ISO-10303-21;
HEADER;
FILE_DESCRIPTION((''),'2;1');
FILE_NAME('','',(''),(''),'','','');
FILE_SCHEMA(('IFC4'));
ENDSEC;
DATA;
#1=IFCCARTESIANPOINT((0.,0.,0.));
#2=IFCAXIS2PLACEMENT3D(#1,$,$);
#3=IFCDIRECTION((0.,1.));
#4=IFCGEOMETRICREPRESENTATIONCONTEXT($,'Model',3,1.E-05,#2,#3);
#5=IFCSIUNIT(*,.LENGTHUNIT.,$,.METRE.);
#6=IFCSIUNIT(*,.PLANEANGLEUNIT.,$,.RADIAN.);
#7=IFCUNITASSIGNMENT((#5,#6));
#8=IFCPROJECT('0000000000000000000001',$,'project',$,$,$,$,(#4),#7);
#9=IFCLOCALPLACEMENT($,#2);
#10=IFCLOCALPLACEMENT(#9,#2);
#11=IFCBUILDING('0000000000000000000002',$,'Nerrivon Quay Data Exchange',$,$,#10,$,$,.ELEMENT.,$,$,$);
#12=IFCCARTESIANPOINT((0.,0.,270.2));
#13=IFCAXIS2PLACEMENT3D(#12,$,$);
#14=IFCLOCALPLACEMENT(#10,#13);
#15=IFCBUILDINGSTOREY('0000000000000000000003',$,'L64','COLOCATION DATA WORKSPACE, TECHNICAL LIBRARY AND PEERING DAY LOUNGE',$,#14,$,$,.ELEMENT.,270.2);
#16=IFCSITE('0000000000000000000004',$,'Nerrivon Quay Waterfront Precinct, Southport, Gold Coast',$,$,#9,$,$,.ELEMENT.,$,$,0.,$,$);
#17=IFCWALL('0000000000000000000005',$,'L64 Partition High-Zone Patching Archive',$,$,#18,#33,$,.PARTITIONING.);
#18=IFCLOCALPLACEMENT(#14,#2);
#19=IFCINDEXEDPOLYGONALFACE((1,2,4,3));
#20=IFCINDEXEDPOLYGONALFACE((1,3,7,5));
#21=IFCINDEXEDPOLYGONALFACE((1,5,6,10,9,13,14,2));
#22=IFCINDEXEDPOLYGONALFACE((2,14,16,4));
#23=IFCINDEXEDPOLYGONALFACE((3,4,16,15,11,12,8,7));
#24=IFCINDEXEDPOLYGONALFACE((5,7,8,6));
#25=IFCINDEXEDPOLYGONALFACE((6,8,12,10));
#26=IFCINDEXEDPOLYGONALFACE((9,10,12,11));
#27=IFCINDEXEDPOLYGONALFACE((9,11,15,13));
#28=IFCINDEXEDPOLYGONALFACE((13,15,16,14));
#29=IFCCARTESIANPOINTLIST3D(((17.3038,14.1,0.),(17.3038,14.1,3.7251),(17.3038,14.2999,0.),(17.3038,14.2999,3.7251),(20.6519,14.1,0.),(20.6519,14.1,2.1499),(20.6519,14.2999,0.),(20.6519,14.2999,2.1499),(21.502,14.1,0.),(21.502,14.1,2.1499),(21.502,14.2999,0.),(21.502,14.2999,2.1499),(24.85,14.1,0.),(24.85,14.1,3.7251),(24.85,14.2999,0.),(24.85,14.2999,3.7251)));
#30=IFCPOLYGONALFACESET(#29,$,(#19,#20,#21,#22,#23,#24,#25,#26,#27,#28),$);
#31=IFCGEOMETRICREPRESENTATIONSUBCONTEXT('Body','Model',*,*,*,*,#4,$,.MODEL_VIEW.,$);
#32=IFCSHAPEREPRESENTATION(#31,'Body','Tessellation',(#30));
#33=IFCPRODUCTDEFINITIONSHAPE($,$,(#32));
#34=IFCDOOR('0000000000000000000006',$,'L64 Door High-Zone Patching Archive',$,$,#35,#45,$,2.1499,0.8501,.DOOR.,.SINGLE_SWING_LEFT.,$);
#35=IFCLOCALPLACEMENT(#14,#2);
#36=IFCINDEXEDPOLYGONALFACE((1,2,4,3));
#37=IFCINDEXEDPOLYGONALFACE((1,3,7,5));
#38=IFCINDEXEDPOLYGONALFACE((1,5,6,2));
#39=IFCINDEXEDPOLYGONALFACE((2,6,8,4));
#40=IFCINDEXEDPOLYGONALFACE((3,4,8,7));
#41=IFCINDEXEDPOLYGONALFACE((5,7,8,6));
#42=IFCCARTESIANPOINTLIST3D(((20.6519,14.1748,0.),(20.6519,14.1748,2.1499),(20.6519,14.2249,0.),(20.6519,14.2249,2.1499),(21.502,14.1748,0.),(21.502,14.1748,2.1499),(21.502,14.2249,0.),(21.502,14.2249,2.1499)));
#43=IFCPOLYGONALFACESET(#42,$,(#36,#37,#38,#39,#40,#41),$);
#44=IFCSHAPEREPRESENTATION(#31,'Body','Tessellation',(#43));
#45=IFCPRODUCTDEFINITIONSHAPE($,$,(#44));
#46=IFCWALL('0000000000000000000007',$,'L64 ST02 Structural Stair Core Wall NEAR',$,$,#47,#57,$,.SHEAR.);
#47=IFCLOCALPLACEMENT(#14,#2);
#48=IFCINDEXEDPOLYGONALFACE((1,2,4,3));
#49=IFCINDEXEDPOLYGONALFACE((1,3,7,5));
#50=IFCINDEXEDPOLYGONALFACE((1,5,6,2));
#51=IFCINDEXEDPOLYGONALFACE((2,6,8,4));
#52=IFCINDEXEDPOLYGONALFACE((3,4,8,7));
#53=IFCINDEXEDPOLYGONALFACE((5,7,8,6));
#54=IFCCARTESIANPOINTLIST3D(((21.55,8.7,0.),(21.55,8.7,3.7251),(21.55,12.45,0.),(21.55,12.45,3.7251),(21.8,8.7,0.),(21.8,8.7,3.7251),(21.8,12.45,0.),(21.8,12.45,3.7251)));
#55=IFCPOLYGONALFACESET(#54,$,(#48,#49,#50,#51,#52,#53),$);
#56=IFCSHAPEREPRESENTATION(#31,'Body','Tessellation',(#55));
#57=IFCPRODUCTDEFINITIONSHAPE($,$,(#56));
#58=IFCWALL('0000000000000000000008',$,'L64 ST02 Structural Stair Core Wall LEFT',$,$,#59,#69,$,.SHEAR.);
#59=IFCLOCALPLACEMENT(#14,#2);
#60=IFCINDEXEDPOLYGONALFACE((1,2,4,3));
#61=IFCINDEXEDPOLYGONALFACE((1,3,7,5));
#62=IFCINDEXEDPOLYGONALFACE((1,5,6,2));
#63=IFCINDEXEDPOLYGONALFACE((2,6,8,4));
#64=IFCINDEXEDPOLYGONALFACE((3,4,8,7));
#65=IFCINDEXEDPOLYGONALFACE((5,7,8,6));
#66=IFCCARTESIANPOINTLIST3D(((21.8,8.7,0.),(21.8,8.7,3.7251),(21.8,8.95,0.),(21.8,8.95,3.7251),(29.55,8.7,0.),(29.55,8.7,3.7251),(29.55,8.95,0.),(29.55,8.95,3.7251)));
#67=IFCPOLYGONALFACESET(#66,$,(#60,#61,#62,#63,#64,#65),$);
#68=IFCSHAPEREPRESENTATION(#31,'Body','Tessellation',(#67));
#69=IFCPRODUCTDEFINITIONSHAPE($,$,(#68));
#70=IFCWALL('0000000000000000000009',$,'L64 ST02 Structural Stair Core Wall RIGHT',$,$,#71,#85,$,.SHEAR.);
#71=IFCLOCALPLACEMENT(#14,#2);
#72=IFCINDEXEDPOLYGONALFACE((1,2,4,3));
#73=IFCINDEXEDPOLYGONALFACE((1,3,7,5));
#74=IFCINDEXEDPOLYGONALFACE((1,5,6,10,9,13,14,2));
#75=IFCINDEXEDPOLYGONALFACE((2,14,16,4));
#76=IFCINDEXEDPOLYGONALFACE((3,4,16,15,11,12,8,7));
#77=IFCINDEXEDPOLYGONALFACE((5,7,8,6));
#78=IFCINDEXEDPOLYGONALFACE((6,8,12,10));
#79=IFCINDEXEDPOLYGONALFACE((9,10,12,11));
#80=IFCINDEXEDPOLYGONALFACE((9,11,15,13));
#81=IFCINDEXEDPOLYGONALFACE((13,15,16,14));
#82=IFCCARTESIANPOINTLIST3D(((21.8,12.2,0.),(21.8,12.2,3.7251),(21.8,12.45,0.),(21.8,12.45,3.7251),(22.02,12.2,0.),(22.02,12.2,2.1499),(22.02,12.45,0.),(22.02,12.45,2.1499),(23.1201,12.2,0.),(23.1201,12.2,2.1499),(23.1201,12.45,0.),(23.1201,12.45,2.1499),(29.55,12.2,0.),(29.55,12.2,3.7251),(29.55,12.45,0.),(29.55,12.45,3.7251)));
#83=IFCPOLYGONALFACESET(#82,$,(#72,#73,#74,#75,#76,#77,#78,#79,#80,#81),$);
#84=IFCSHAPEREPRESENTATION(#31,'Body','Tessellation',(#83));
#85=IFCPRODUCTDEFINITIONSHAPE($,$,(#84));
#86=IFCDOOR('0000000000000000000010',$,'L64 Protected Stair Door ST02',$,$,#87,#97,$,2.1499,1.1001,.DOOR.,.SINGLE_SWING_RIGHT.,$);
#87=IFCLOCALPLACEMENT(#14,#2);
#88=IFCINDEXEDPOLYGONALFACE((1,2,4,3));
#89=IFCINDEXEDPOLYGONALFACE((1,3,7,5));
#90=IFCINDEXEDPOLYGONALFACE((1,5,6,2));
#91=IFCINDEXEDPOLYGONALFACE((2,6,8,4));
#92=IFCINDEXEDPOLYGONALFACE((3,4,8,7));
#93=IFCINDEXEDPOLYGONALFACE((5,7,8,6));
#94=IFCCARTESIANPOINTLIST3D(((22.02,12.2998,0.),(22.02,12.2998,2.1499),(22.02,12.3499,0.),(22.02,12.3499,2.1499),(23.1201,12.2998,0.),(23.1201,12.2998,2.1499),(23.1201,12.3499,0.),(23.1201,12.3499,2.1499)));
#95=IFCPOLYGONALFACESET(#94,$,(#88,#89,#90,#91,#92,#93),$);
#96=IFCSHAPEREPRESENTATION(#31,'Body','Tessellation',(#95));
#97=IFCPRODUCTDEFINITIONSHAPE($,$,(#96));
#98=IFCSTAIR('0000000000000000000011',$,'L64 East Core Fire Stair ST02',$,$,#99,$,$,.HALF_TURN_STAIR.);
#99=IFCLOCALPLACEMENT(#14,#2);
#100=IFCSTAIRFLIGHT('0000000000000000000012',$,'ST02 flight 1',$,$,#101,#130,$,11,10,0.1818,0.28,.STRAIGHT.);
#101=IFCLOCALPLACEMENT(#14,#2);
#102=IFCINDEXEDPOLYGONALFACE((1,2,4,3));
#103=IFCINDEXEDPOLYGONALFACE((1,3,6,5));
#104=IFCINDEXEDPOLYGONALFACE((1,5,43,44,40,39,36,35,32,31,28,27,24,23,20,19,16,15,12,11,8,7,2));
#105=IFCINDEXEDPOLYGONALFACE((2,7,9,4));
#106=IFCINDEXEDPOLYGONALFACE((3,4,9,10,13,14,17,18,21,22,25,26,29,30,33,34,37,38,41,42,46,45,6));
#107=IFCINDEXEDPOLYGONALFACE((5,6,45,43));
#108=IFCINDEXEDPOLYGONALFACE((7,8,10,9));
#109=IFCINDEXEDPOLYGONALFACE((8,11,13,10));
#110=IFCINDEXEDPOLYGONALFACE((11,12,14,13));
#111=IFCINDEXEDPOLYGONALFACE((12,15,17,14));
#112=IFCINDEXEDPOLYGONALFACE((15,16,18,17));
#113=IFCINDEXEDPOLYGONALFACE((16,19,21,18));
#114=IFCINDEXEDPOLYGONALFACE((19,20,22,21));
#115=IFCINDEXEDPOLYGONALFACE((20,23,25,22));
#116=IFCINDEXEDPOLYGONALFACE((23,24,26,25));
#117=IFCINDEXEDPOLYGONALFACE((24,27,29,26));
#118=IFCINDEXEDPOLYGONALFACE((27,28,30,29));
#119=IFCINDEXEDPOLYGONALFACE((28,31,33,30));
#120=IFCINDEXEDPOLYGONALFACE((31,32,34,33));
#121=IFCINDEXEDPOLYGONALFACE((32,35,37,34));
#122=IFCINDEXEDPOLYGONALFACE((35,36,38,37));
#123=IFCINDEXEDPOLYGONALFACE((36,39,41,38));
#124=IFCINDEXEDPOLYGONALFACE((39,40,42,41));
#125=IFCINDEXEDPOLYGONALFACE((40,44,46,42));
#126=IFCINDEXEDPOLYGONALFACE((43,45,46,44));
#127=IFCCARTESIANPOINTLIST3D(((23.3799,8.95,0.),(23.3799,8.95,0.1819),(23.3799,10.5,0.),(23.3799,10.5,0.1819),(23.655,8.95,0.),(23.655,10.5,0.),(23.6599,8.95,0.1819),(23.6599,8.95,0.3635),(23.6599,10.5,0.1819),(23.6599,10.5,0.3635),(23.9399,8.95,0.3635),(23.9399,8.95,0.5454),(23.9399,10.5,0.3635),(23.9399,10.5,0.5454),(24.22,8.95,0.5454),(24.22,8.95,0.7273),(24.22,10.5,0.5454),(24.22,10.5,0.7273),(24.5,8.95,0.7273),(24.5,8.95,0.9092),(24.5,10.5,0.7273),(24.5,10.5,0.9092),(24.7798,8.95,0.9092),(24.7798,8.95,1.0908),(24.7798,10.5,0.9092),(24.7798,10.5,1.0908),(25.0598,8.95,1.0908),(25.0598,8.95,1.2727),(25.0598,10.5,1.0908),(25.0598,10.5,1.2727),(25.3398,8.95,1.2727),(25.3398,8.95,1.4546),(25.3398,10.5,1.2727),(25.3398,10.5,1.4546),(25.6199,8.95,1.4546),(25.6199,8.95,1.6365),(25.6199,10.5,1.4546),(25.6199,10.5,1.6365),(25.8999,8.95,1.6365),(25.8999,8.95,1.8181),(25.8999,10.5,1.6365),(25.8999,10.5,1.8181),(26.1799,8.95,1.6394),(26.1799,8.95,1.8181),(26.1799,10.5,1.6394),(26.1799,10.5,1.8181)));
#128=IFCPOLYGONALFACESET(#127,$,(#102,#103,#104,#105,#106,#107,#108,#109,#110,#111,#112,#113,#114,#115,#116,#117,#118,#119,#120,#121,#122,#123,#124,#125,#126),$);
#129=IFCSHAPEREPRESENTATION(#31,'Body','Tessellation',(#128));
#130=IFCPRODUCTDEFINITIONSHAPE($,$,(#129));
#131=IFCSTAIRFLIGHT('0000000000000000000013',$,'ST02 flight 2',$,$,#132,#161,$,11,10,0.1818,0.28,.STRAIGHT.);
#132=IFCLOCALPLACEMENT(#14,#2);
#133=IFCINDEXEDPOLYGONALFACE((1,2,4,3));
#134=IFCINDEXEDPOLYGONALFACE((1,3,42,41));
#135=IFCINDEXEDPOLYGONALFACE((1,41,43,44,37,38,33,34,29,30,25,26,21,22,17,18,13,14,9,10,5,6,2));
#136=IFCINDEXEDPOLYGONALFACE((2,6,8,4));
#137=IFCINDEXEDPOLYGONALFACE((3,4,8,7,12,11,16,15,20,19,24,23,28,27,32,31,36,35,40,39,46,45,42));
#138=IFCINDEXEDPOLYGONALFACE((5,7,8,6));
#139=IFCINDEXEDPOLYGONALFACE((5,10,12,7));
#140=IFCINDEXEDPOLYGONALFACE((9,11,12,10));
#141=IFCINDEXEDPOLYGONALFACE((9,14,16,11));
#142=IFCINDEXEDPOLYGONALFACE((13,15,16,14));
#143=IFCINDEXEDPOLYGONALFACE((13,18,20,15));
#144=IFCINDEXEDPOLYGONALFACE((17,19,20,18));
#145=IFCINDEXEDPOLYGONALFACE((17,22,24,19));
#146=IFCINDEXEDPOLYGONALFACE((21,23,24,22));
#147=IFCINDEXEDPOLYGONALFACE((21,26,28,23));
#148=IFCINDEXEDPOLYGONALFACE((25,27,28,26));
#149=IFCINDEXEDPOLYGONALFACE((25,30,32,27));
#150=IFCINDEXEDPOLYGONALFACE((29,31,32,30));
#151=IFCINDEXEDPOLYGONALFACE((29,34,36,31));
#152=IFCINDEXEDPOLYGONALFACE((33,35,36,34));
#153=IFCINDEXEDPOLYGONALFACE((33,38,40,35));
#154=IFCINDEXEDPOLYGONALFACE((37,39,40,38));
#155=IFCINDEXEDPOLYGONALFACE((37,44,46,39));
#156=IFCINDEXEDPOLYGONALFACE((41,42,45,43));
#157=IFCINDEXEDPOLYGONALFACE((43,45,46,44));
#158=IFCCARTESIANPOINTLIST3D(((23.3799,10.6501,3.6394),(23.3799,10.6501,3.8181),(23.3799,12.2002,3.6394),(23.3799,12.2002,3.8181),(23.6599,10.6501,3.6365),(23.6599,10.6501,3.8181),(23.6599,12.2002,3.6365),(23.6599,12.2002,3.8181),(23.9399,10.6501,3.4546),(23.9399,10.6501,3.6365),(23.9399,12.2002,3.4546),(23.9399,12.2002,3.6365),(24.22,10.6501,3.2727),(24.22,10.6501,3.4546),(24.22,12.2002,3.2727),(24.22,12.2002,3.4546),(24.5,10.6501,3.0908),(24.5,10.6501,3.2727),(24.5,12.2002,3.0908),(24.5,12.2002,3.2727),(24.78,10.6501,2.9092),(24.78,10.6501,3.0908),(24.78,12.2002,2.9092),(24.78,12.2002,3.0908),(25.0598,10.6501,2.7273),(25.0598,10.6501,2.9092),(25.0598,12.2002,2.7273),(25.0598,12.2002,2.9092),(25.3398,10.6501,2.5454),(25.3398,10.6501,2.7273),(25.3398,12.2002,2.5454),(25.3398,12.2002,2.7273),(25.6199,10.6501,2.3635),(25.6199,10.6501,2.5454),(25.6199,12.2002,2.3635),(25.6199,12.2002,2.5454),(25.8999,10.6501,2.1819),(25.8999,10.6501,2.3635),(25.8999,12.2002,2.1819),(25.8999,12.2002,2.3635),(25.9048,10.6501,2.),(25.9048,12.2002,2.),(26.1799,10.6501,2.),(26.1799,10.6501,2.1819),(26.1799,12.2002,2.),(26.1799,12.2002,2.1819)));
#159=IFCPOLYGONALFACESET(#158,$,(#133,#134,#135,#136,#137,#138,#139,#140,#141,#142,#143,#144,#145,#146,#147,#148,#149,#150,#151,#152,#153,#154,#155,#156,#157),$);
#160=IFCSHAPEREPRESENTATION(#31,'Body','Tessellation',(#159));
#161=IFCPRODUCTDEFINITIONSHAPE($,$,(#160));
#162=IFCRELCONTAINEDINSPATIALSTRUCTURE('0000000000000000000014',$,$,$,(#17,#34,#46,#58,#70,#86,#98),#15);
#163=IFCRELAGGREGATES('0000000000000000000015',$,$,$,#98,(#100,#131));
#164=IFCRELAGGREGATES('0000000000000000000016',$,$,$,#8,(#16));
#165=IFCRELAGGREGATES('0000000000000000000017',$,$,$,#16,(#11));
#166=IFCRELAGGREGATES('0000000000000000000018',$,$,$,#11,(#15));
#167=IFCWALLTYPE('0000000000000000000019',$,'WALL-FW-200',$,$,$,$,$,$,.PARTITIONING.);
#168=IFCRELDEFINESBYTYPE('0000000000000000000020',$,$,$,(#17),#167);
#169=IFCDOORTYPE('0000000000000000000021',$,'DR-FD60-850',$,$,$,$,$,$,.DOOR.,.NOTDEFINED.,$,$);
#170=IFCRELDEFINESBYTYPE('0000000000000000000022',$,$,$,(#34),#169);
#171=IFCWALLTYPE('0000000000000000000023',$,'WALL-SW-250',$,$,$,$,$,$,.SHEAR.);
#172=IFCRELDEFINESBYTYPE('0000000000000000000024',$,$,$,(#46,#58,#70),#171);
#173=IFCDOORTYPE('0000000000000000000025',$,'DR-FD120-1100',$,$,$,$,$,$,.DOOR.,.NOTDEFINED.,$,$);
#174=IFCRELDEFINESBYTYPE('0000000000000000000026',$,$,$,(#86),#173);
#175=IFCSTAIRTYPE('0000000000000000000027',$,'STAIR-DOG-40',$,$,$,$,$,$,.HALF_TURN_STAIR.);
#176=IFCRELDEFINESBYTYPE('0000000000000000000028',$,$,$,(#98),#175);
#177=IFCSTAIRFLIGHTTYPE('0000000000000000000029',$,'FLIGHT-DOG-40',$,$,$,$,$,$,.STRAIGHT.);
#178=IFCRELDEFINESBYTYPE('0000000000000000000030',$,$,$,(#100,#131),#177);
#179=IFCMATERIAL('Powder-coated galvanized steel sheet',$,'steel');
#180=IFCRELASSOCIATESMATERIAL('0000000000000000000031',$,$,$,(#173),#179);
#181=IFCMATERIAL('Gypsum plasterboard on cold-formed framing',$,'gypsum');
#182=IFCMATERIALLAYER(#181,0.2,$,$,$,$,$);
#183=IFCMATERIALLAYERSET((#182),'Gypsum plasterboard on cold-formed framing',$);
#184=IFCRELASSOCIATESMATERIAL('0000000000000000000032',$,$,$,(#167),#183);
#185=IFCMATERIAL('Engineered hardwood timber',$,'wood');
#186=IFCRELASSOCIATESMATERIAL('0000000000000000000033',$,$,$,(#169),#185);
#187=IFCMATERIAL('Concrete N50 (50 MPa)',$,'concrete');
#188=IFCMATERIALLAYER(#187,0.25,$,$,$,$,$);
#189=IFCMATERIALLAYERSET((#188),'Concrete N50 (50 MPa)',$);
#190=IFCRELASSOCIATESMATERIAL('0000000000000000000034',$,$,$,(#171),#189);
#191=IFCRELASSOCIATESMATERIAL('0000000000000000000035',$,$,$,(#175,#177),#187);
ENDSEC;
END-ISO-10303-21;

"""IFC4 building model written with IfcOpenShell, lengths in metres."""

from ifc_helpers import new_model, si_unit, direction, frame, frame_2d, origin, place, context, subcontext, project, spatial, polyline, rectangle, outline, extrude, material, layer, layer_set, type_object, element, fill, aggregate, save


model = new_model("IFC4")

# Units and contexts
model_context = context("Model", 3, precision=1e-05, world=origin(), true_north=direction((0.0, 1.0)))
body_context = subcontext(model_context, "Body", "Model", "MODEL_VIEW")
ifc_project = project(units=[si_unit("LENGTHUNIT", "METRE"), si_unit("PLANEANGLEUNIT", "RADIAN")], contexts=[model_context])

# Site, building, storey
site_placement = place(None, origin())
site = spatial("IfcSite", under=ifc_project, at=site_placement, Name="Nerrivon Quay Waterfront Precinct, Southport, Gold Coast", CompositionType="ELEMENT", RefElevation=0.0)
building_placement = place(site_placement, origin())
building = spatial("IfcBuilding", under=site, at=building_placement, Name="Nerrivon Quay Data Exchange", CompositionType="ELEMENT")
storey_placement = place(building_placement, frame((0.0, 0.0, 270.2)))
storey = spatial("IfcBuildingStorey", under=building, at=storey_placement, Name="L64", Description="COLOCATION DATA WORKSPACE, TECHNICAL LIBRARY AND PEERING DAY LOUNGE", CompositionType="ELEMENT", Elevation=270.2)

# Shared definitions
ifc_material_1 = material(Name="Concrete N50 (50 MPa)", Category="concrete")

# Shared definitions
ifc_material_2 = material(Name="Powder-coated galvanized steel sheet", Category="steel")
door_type_1 = type_object("IfcDoorType", Name="DR-FD120-1100", OperationType="NOTDEFINED", PredefinedType="DOOR", material=ifc_material_2)

# Shared definitions
ifc_material_3 = material(Name="Gypsum plasterboard on cold-formed framing", Category="gypsum")
ifc_layer_1 = layer(ifc_material_3, 0.2)
ifc_layer_set_1 = layer_set([ifc_layer_1], Name="Gypsum plasterboard on cold-formed framing")
wall_type_1 = type_object("IfcWallType", Name="WALL-FW-200", PredefinedType="PARTITIONING", material=ifc_layer_set_1)

# Wall, opening, door
wall_1_placement = place(storey_placement, frame((17.304, 14.2, 0.0), z_axis=(0.0, 0.0, 1.0), x_axis=(1.0, 0.0, 0.0)))
wall_1 = element("IfcWall", 1, at=wall_1_placement, inside=storey, type_object=wall_type_1, Name="L64 Partition High-Zone Patching Archive", PredefinedType="PARTITIONING", context=body_context, shape_type="SweptSolid", body=[
    extrude(rectangle(XDim=7.5461, YDim=0.2, at=frame_2d((3.7729, 0.0))), origin(), (0.0, 0.0, 1.0), 3.7251),
])
opening_1_placement = place(wall_1_placement, frame((3.3479, 0.0, 0.0)))
opening_1 = element("IfcOpeningElement", 2, at=opening_1_placement, cuts=wall_1, PredefinedType="OPENING", context=body_context, shape_type="SweptSolid", body=[
    extrude(rectangle(XDim=0.8501, YDim=2.1499, at=frame_2d((0.425, 1.075))), frame((0.0, 0.1099, 0.0), z_axis=(0.0, -1.0, 0.0), x_axis=(1.0, 0.0, 0.0)), (0.0, 0.0, 1.0), 0.22),
])
ifc_material_4 = material(Name="Engineered hardwood timber", Category="wood")
door_type_2 = type_object("IfcDoorType", Name="DR-FD60-850", OperationType="NOTDEFINED", PredefinedType="DOOR", material=ifc_material_4)
door_1_placement = place(opening_1_placement, origin())
door_1 = element("IfcDoor", 3, at=door_1_placement, inside=storey, type_object=door_type_2, Name="L64 Door High-Zone Patching Archive", OperationType="SINGLE_SWING_LEFT", OverallHeight=2.1499, OverallWidth=0.8501, PredefinedType="DOOR", context=body_context, shape_type="SweptSolid", body=[
    extrude(rectangle(XDim=0.8501, YDim=2.1499, at=frame_2d((0.425, 1.075))), frame((0.0, 0.0249, 0.0), z_axis=(0.0, -1.0, 0.0), x_axis=(1.0, 0.0, 0.0)), (0.0, 0.0, 1.0), 0.05),
])
fill(opening_1, door_1)

# Walls
ifc_layer_2 = layer(ifc_material_1, 0.25)
ifc_layer_set_2 = layer_set([ifc_layer_2], Name="Concrete N50 (50 MPa)")
wall_type_2 = type_object("IfcWallType", Name="WALL-SW-250", PredefinedType="SHEAR", material=ifc_layer_set_2)
wall_2_placement = place(storey_placement, frame((21.675, 8.7, 0.0), z_axis=(0.0, 0.0, 1.0), x_axis=(0.0, 1.0, 0.0)))
element("IfcWall", 4, at=wall_2_placement, inside=storey, type_object=wall_type_2, Name="L64 ST02 Structural Stair Core Wall NEAR", PredefinedType="SHEAR", context=body_context, shape_type="SweptSolid", body=[
    extrude(rectangle(XDim=3.75, YDim=0.25, at=frame_2d((1.875, 0.0))), origin(), (0.0, 0.0, 1.0), 3.7251),
])
wall_3_placement = place(storey_placement, frame((21.8, 8.825, 0.0), z_axis=(0.0, 0.0, 1.0), x_axis=(1.0, 0.0, 0.0)))
element("IfcWall", 5, at=wall_3_placement, inside=storey, type_object=wall_type_2, Name="L64 ST02 Structural Stair Core Wall LEFT", PredefinedType="SHEAR", context=body_context, shape_type="SweptSolid", body=[
    extrude(rectangle(XDim=7.75, YDim=0.25, at=frame_2d((3.875, 0.0))), origin(), (0.0, 0.0, 1.0), 3.7251),
])

# Wall, opening, door
wall_4_placement = place(storey_placement, frame((21.8, 12.325, 0.0), z_axis=(0.0, 0.0, 1.0), x_axis=(1.0, 0.0, 0.0)))
wall_4 = element("IfcWall", 6, at=wall_4_placement, inside=storey, type_object=wall_type_2, Name="L64 ST02 Structural Stair Core Wall RIGHT", PredefinedType="SHEAR", context=body_context, shape_type="SweptSolid", body=[
    extrude(rectangle(XDim=7.75, YDim=0.25, at=frame_2d((3.875, 0.0))), origin(), (0.0, 0.0, 1.0), 3.7251),
])
opening_2_placement = place(wall_4_placement, frame((0.22, 0.0, 0.0)))
opening_2 = element("IfcOpeningElement", 7, at=opening_2_placement, cuts=wall_4, PredefinedType="OPENING", context=body_context, shape_type="SweptSolid", body=[
    extrude(rectangle(XDim=1.1001, YDim=2.1499, at=frame_2d((0.55, 1.075))), frame((0.0, 0.135, 0.0), z_axis=(0.0, -1.0, 0.0), x_axis=(1.0, 0.0, 0.0)), (0.0, 0.0, 1.0), 0.27),
])
door_2_placement = place(opening_2_placement, origin())
door_2 = element("IfcDoor", 8, at=door_2_placement, inside=storey, type_object=door_type_1, Name="L64 Protected Stair Door ST02", OperationType="SINGLE_SWING_RIGHT", OverallHeight=2.1499, OverallWidth=1.1001, PredefinedType="DOOR", context=body_context, shape_type="SweptSolid", body=[
    extrude(rectangle(XDim=1.1001, YDim=2.1499, at=frame_2d((0.55, 1.075))), frame((0.0, 0.0249, 0.0), z_axis=(0.0, -1.0, 0.0), x_axis=(1.0, 0.0, 0.0)), (0.0, 0.0, 1.0), 0.05),
])
fill(opening_2, door_2)

# Stair, stair flights
stair_type = type_object("IfcStairType", Name="STAIR-DOG-40", PredefinedType="HALF_TURN_STAIR", material=ifc_material_1)
stair_placement = place(storey_placement, origin())
stair = element("IfcStair", 9, at=stair_placement, inside=storey, type_object=stair_type, Name="L64 East Core Fire Stair ST02", PredefinedType="HALF_TURN_STAIR")
stair_flight_type = type_object("IfcStairFlightType", Name="FLIGHT-DOG-40", PredefinedType="STRAIGHT", material=ifc_material_1)
stair_flight_1_placement = place(storey_placement, frame((23.3799, 9.7251, 0.0), z_axis=(0.0, 0.0, 1.0), x_axis=(1.0, 0.0, 0.0)))
stair_flight_1 = element("IfcStairFlight", 10, at=stair_flight_1_placement, type_object=stair_flight_type, Name="ST02 flight 1", NumberOfRisers=11, NumberOfTreads=10, PredefinedType="STRAIGHT", RiserHeight=0.1818, TreadLength=0.28, context=body_context, shape_type="SweptSolid", body=[
    extrude(outline(polyline([(0.0, 0.0), (0.0, 0.1819), (0.28, 0.1819), (0.28, 0.3635), (0.5601, 0.3635), (0.5601, 0.5454), (0.8401, 0.5454), (0.8401, 0.7273), (1.1201, 0.7273), (1.1201, 0.9092), (1.3999, 0.9092), (1.3999, 1.0908), (1.6799, 1.0908), (1.6799, 1.2727), (1.96, 1.2727), (1.96, 1.4546), (2.24, 1.4546), (2.24, 1.6365), (2.52, 1.6365), (2.52, 1.8181), (2.8, 1.8181), (2.8, 2.0), (2.8, 1.6394), (0.2751, 0.0), (0.0, 0.0)])), frame((0.0, 0.7749, 0.0), z_axis=(0.0, -1.0, 0.0), x_axis=(1.0, 0.0, 0.0)), (0.0, 0.0, 1.0), 1.55),
])
stair_flight_2_placement = place(storey_placement, frame((26.1799, 11.425, 2.0), z_axis=(0.0, 0.0, 1.0), x_axis=(-1.0, 0.0, 0.0)))
stair_flight_2 = element("IfcStairFlight", 11, at=stair_flight_2_placement, type_object=stair_flight_type, Name="ST02 flight 2", NumberOfRisers=11, NumberOfTreads=10, PredefinedType="STRAIGHT", RiserHeight=0.1818, TreadLength=0.28, context=body_context, shape_type="SweptSolid", body=[
    extrude(outline(polyline([(0.0, 0.0), (0.0, 0.1819), (0.28, 0.1819), (0.28, 0.3635), (0.5601, 0.3635), (0.5601, 0.5454), (0.8401, 0.5454), (0.8401, 0.7273), (1.1201, 0.7273), (1.1201, 0.9092), (1.3999, 0.9092), (1.3999, 1.0908), (1.6799, 1.0908), (1.6799, 1.2727), (1.96, 1.2727), (1.96, 1.4546), (2.24, 1.4546), (2.24, 1.6365), (2.52, 1.6365), (2.52, 1.8181), (2.8, 1.8181), (2.8, 2.0), (2.8, 1.6394), (0.2751, 0.0), (0.0, 0.0)])), frame((0.0, 0.7749, 0.0), z_axis=(0.0, -1.0, 0.0), x_axis=(1.0, 0.0, 0.0)), (0.0, 0.0, 1.0), 1.55),
])
aggregate(stair, [stair_flight_1, stair_flight_2])

save(model, "model.ifc")
